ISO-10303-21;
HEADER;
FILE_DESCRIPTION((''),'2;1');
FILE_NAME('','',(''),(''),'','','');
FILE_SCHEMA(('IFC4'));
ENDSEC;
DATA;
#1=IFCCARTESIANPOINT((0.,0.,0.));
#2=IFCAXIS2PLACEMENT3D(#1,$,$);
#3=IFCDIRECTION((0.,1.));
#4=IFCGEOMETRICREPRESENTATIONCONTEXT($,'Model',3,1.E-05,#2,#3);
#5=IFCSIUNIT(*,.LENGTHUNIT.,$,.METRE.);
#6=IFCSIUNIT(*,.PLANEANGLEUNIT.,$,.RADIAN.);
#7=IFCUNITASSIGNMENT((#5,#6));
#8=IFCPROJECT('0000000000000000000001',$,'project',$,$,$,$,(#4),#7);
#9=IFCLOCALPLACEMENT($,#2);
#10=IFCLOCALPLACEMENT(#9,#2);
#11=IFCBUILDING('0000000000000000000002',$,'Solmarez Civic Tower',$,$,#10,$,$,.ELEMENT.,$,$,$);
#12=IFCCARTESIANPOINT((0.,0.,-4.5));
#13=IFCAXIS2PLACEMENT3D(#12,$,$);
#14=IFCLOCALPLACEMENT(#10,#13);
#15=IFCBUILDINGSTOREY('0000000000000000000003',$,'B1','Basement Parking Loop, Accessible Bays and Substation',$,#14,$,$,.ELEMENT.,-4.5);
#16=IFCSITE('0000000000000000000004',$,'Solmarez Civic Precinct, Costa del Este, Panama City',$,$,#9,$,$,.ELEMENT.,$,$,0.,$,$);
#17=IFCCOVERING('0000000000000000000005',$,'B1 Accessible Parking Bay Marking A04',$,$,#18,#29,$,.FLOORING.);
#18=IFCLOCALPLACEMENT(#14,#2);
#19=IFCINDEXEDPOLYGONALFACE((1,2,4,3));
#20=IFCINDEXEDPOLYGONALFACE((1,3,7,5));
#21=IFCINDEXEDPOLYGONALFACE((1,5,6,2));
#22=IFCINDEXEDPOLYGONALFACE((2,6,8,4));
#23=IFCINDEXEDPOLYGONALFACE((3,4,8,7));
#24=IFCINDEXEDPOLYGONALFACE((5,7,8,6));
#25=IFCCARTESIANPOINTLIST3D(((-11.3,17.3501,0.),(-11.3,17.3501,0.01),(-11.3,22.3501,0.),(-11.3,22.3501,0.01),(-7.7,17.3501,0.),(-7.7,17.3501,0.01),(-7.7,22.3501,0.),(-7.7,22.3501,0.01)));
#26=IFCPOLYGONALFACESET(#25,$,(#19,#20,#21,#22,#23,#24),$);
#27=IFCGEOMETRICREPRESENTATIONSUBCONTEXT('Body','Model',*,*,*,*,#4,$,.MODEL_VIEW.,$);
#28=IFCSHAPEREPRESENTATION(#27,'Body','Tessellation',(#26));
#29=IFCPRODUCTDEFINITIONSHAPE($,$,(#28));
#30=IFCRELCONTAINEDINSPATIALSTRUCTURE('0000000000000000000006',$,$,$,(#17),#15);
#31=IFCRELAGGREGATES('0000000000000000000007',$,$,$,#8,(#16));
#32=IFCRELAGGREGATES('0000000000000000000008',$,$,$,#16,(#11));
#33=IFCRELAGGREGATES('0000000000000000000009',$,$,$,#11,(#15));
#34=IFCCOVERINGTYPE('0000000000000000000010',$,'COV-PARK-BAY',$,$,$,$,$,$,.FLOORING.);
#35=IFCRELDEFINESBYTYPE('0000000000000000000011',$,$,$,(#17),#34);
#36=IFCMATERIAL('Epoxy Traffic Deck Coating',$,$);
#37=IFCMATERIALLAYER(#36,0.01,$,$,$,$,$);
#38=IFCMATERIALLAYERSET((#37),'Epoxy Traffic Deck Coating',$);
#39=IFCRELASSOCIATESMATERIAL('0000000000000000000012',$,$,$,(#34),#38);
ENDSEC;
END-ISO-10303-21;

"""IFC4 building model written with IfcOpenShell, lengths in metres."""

from ifc_helpers import new_model, si_unit, direction, frame, origin, place, context, subcontext, project, spatial, polyline, outline, extrude, material, layer, layer_set, type_object, element, save


model = new_model("IFC4")

# Units and contexts
model_context = context("Model", 3, precision=1e-05, world=origin(), true_north=direction((0.0, 1.0)))
body_context = subcontext(model_context, "Body", "Model", "MODEL_VIEW")
ifc_project = project(units=[si_unit("LENGTHUNIT", "METRE"), si_unit("PLANEANGLEUNIT", "RADIAN")], contexts=[model_context])

# Site, building, storey
site_placement = place(None, origin())
site = spatial("IfcSite", under=ifc_project, at=site_placement, Name="Solmarez Civic Precinct, Costa del Este, Panama City", CompositionType="ELEMENT", RefElevation=0.0)
building_placement = place(site_placement, origin())
building = spatial("IfcBuilding", under=site, at=building_placement, Name="Solmarez Civic Tower", CompositionType="ELEMENT")
storey_placement = place(building_placement, frame((0.0, 0.0, -4.5)))
storey = spatial("IfcBuildingStorey", under=building, at=storey_placement, Name="B1", Description="Basement Parking Loop, Accessible Bays and Substation", CompositionType="ELEMENT", Elevation=-4.5)

# Covering
ifc_material_1 = material(Name="Epoxy Traffic Deck Coating")
ifc_layer_1 = layer(ifc_material_1, 0.01)
ifc_layer_set_1 = layer_set([ifc_layer_1], Name="Epoxy Traffic Deck Coating")
covering_type = type_object("IfcCoveringType", Name="COV-PARK-BAY", PredefinedType="FLOORING", material=ifc_layer_set_1)
covering_placement = place(storey_placement, origin())
element("IfcCovering", 1, at=covering_placement, inside=storey, type_object=covering_type, Name="B1 Accessible Parking Bay Marking A04", PredefinedType="FLOORING", context=body_context, shape_type="SweptSolid", body=[
    extrude(outline(polyline([(-11.3, 17.3501), (-7.7, 17.3501), (-7.7, 22.3501), (-11.3, 22.3501), (-11.3, 17.3501)])), origin(), (0.0, 0.0, 1.0), 0.01),
])

save(model, "model.ifc")
